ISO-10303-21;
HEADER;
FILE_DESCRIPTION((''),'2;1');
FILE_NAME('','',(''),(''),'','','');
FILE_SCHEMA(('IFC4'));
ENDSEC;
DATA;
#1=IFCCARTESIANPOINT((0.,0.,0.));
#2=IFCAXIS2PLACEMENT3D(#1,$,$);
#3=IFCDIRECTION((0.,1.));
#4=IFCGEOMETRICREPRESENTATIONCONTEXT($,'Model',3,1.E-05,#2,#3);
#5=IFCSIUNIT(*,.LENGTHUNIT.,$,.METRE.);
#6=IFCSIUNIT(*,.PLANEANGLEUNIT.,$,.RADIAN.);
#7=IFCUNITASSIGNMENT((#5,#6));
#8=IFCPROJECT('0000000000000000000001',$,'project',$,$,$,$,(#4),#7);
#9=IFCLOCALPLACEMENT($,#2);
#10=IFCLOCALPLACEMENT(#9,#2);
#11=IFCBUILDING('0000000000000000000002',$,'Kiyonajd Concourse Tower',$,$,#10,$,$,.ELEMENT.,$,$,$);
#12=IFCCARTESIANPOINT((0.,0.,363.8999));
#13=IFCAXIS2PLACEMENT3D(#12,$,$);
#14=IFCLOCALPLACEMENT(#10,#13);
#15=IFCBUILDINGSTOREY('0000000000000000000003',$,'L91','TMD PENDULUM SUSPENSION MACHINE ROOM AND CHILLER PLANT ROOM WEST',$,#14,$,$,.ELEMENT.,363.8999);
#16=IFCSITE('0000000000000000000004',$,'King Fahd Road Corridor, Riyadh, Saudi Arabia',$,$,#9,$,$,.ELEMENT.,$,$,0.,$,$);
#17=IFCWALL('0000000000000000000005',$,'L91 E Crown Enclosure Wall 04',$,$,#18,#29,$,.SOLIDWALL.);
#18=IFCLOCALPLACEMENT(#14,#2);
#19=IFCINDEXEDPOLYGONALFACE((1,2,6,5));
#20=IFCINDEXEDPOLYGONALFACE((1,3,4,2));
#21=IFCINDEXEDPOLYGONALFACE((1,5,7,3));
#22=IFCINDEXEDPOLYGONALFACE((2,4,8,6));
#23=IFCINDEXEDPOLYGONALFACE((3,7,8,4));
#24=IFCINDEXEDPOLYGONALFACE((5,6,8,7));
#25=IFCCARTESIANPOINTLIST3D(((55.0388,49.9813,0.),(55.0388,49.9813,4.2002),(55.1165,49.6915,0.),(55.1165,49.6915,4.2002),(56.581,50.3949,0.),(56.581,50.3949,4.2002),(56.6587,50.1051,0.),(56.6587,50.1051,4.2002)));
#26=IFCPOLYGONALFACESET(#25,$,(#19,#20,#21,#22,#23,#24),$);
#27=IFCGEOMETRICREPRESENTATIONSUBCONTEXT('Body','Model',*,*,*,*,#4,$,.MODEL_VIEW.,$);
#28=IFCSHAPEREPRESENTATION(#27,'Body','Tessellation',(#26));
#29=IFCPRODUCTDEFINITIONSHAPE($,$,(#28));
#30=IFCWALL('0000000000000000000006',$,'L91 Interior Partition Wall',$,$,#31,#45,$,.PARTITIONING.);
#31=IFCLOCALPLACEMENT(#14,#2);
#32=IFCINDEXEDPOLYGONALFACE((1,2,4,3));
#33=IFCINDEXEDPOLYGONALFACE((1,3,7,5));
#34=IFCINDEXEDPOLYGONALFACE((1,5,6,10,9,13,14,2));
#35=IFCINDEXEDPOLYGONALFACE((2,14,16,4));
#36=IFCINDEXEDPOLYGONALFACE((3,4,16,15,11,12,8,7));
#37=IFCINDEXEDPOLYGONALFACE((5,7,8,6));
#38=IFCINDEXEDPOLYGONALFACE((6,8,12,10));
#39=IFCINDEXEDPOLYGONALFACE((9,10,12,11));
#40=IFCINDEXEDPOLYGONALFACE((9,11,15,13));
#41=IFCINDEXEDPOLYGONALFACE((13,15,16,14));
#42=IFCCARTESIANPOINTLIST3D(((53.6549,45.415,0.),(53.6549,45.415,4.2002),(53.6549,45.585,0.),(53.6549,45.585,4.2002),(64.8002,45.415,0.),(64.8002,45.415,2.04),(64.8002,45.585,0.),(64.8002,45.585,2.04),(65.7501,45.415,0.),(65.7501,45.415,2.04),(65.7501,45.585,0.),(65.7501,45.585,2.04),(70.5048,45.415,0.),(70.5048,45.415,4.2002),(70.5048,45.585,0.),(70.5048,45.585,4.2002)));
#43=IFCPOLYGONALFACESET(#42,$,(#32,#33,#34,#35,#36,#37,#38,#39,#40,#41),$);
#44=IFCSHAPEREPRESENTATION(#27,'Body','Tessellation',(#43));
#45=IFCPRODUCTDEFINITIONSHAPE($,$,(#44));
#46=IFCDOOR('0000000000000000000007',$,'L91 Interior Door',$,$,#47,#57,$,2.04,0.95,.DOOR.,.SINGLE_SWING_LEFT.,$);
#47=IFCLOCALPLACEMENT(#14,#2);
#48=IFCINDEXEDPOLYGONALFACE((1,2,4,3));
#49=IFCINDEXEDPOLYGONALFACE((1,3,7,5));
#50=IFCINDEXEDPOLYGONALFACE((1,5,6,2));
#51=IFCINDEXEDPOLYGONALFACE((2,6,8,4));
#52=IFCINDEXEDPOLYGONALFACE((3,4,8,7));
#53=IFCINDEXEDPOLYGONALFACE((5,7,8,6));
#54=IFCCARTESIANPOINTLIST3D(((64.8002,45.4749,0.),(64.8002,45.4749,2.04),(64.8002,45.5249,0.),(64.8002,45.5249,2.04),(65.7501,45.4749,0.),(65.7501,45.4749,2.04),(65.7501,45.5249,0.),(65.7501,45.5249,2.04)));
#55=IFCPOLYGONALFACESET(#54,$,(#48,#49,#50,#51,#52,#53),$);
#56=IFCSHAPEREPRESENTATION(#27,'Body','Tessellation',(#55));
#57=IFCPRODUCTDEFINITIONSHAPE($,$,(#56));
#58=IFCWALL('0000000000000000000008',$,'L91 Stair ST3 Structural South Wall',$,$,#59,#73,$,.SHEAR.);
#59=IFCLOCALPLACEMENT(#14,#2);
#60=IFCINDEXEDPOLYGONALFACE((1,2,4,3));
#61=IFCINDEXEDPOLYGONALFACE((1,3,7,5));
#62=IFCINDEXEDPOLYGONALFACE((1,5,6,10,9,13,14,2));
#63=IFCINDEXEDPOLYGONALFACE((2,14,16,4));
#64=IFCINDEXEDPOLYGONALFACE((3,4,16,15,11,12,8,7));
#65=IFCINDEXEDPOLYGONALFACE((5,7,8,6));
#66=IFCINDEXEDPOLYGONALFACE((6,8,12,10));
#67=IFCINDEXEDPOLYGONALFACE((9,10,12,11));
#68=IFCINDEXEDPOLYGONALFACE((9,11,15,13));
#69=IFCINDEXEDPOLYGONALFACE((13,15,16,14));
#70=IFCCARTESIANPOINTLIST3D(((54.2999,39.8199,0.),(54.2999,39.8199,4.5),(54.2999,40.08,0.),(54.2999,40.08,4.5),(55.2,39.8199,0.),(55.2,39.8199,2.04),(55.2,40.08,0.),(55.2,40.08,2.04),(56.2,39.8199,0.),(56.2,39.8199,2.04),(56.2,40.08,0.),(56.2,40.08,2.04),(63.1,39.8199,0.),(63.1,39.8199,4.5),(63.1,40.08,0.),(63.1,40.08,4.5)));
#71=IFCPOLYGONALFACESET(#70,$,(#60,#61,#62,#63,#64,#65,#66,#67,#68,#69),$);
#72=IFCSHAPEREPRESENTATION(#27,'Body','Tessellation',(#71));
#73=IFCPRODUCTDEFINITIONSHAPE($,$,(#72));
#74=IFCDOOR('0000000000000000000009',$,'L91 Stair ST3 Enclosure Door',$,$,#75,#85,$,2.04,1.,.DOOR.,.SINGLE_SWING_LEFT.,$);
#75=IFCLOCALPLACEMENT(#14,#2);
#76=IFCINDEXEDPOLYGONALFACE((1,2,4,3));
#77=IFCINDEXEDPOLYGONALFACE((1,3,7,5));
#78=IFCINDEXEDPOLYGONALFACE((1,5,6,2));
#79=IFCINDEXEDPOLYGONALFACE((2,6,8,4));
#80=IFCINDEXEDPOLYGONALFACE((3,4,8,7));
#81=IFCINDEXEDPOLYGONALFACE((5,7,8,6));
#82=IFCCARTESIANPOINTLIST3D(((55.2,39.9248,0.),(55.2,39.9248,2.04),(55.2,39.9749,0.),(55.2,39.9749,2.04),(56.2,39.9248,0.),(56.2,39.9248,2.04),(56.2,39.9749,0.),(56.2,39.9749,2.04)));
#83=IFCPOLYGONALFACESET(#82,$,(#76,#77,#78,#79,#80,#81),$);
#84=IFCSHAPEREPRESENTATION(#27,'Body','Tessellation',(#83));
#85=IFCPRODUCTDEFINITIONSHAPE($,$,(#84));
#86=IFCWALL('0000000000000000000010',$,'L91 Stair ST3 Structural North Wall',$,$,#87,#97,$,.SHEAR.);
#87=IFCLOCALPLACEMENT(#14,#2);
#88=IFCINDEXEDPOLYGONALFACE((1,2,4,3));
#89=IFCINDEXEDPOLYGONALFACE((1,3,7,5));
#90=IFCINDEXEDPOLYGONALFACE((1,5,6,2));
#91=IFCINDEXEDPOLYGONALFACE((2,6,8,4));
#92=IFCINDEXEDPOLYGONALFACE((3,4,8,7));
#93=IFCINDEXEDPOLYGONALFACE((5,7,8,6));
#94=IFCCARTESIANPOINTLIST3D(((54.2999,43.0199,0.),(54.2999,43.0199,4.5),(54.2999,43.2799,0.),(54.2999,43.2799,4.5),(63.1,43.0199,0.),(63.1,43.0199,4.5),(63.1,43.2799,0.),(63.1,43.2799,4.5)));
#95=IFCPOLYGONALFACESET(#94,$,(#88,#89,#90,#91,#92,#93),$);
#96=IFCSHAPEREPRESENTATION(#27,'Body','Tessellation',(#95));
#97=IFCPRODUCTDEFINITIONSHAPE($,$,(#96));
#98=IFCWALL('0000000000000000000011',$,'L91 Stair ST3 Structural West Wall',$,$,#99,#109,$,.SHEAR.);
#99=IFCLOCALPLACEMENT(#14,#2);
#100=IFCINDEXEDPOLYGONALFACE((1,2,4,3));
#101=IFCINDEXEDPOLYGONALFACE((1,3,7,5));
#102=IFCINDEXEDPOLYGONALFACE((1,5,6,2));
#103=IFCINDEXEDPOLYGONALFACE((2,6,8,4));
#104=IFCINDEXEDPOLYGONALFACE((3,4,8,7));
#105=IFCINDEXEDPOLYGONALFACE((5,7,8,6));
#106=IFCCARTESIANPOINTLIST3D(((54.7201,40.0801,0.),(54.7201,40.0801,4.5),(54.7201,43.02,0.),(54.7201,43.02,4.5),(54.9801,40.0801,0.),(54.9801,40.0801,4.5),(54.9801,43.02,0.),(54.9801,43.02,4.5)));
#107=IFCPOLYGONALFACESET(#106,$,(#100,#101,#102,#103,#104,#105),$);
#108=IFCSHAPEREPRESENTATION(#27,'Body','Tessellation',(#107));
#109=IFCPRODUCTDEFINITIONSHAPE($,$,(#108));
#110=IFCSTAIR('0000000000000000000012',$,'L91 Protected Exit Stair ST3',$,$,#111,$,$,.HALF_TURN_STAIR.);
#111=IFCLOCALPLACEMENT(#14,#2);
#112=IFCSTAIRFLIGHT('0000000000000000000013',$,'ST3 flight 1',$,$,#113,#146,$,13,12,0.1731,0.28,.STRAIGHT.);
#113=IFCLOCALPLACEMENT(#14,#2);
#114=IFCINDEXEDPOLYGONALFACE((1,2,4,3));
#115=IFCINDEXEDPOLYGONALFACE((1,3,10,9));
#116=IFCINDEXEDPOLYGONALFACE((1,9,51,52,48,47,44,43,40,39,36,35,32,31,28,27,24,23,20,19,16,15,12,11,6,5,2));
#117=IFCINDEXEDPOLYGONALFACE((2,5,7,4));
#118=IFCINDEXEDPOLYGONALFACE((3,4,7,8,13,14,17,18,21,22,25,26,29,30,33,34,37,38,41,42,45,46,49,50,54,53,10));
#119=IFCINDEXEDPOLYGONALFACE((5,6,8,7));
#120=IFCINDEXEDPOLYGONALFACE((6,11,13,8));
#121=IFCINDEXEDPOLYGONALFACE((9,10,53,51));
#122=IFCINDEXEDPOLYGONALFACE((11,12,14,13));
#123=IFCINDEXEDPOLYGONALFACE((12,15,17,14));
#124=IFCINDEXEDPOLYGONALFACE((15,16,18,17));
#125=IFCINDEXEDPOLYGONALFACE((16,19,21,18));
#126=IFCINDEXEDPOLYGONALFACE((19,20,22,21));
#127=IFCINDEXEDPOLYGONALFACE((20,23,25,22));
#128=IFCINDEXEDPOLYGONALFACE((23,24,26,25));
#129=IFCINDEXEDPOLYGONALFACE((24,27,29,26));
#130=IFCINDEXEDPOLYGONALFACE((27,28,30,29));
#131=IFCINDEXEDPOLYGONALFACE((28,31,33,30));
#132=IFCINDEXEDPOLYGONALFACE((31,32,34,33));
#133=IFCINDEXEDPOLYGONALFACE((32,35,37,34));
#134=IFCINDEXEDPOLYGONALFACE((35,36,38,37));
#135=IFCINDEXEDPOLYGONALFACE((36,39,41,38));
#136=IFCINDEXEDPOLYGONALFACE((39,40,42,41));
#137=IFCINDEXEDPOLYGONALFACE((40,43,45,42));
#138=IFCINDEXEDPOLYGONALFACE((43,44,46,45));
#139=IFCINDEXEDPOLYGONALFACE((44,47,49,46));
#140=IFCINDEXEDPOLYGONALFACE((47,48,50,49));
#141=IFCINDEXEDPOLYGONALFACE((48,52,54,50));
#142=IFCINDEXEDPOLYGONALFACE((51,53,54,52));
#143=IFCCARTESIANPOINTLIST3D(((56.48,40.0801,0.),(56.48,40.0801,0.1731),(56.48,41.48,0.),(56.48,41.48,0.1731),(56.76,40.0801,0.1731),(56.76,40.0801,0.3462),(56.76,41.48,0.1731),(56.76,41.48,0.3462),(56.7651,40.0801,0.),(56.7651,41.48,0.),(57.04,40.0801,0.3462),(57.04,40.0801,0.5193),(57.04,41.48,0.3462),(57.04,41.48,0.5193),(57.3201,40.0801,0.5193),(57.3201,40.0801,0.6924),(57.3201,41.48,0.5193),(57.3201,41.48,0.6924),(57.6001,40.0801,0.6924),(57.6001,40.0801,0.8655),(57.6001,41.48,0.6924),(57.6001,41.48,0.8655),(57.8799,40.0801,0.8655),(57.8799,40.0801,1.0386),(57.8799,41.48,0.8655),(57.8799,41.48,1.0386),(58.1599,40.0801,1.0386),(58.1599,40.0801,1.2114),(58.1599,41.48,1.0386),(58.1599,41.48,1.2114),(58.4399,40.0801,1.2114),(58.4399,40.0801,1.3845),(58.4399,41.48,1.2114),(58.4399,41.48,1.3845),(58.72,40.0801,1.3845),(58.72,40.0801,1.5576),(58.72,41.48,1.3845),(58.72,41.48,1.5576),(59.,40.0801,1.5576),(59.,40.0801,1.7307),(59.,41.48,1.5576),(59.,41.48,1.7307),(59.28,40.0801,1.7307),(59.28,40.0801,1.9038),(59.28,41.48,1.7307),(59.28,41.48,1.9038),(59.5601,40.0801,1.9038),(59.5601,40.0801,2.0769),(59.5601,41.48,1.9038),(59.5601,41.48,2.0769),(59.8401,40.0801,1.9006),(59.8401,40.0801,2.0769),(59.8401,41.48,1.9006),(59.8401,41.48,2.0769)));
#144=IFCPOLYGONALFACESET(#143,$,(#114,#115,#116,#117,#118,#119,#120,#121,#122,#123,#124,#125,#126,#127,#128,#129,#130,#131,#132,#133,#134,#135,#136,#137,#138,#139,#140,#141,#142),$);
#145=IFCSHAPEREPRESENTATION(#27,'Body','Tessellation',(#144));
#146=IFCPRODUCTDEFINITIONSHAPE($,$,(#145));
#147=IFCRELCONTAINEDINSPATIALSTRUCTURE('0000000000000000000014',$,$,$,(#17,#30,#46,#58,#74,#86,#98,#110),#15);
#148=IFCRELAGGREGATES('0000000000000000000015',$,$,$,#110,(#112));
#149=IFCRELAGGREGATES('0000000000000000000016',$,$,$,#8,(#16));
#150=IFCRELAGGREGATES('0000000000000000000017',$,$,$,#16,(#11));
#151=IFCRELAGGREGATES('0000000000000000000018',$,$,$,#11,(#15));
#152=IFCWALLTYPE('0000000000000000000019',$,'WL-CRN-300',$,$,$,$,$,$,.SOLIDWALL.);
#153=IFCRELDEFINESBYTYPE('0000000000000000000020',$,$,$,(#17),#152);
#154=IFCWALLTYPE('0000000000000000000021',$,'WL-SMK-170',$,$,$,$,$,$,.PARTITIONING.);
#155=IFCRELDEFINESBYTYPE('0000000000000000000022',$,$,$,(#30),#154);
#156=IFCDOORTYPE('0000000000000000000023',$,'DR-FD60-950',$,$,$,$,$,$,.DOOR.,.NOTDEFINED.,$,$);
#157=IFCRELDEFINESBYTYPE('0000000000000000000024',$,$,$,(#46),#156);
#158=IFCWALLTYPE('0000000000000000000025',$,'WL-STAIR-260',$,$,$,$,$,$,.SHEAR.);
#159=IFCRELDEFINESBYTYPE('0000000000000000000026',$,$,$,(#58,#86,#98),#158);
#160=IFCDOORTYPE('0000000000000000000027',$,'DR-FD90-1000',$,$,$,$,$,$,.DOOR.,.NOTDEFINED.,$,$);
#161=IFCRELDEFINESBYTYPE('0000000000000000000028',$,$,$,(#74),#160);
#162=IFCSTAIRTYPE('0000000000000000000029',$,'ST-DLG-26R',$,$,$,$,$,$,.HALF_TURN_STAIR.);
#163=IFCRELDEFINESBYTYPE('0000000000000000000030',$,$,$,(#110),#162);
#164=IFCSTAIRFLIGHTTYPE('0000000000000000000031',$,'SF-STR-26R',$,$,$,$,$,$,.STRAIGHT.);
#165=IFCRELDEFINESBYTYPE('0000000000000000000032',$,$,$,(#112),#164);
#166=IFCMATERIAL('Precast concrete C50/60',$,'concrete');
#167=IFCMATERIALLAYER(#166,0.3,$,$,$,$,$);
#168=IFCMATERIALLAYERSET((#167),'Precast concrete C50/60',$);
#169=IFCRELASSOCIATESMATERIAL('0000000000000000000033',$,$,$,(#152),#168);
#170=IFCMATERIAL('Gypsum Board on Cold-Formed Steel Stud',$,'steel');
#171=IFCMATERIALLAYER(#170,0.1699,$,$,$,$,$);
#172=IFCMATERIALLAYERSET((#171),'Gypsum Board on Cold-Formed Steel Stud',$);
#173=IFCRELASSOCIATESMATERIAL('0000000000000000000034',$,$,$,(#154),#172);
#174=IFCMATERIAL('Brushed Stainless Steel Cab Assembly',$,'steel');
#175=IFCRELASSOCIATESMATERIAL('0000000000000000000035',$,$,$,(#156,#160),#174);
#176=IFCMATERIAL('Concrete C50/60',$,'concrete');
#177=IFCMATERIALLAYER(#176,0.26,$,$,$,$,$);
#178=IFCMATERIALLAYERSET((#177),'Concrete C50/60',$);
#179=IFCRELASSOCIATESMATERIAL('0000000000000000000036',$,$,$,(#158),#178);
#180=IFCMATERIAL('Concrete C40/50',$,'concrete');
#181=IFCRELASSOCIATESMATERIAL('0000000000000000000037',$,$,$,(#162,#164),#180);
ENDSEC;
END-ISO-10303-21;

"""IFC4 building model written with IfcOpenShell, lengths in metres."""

from ifc_helpers import new_model, si_unit, direction, frame, frame_2d, origin, place, context, subcontext, project, spatial, polyline, rectangle, outline, extrude, material, layer, layer_set, type_object, element, fill, aggregate, save


model = new_model("IFC4")

# Units and contexts
model_context = context("Model", 3, precision=1e-05, world=origin(), true_north=direction((0.0, 1.0)))
body_context = subcontext(model_context, "Body", "Model", "MODEL_VIEW")
ifc_project = project(units=[si_unit("LENGTHUNIT", "METRE"), si_unit("PLANEANGLEUNIT", "RADIAN")], contexts=[model_context])

# Site, building, storey
site_placement = place(None, origin())
site = spatial("IfcSite", under=ifc_project, at=site_placement, Name="King Fahd Road Corridor, Riyadh, Saudi Arabia", CompositionType="ELEMENT", RefElevation=0.0)
building_placement = place(site_placement, origin())
building = spatial("IfcBuilding", under=site, at=building_placement, Name="Kiyonajd Concourse Tower", CompositionType="ELEMENT")
storey_placement = place(building_placement, frame((0.0, 0.0, 363.8999)))
storey = spatial("IfcBuildingStorey", under=building, at=storey_placement, Name="L91", Description="TMD PENDULUM SUSPENSION MACHINE ROOM AND CHILLER PLANT ROOM WEST", CompositionType="ELEMENT", Elevation=363.8999)

# Shared definitions
ifc_material_1 = material(Name="Concrete C50/60", Category="concrete")

# Wall
ifc_material_2 = material(Name="Precast concrete C50/60", Category="concrete")
ifc_layer_1 = layer(ifc_material_2, 0.3)
ifc_layer_set_1 = layer_set([ifc_layer_1], Name="Precast concrete C50/60")
wall_type_1 = type_object("IfcWallType", Name="WL-CRN-300", PredefinedType="SOLIDWALL", material=ifc_layer_set_1)
wall_1_placement = place(storey_placement, frame((55.0776, 49.8364, 0.0), z_axis=(0.0, 0.0, 1.0), x_axis=(0.965874, 0.259014, 0.0)))
element("IfcWall", 1, at=wall_1_placement, inside=storey, type_object=wall_type_1, Name="L91 E Crown Enclosure Wall 04", PredefinedType="SOLIDWALL", context=body_context, shape_type="SweptSolid", body=[
    extrude(rectangle(XDim=1.5967, YDim=0.3, at=frame_2d((0.7983, 0.0))), origin(), (0.0, 0.0, 1.0), 4.2002),
])

# Walls, openings, doors
ifc_material_3 = material(Name="Gypsum Board on Cold-Formed Steel Stud", Category="steel")
ifc_layer_2 = layer(ifc_material_3, 0.1699)
ifc_layer_set_2 = layer_set([ifc_layer_2], Name="Gypsum Board on Cold-Formed Steel Stud")
wall_type_2 = type_object("IfcWallType", Name="WL-SMK-170", PredefinedType="PARTITIONING", material=ifc_layer_set_2)
wall_2_placement = place(storey_placement, frame((53.655, 45.5, 0.0), z_axis=(0.0, 0.0, 1.0), x_axis=(1.0, 0.0, 0.0)))
wall_2 = element("IfcWall", 2, at=wall_2_placement, inside=storey, type_object=wall_type_2, Name="L91 Interior Partition Wall", PredefinedType="PARTITIONING", context=body_context, shape_type="SweptSolid", body=[
    extrude(rectangle(XDim=16.8499, YDim=0.1699, at=frame_2d((8.4248, 0.0))), origin(), (0.0, 0.0, 1.0), 4.2002),
])
opening_1_placement = place(wall_2_placement, frame((11.145, 0.0, 0.0)))
opening_1 = element("IfcOpeningElement", 3, at=opening_1_placement, cuts=wall_2, PredefinedType="OPENING", context=body_context, shape_type="SweptSolid", body=[
    extrude(rectangle(XDim=0.95, YDim=2.04, at=frame_2d((0.4751, 1.02))), frame((0.0, 0.095, 0.0), z_axis=(0.0, -1.0, 0.0), x_axis=(1.0, 0.0, 0.0)), (0.0, 0.0, 1.0), 0.1899),
])
ifc_material_4 = material(Name="Brushed Stainless Steel Cab Assembly", Category="steel")
door_type_1 = type_object("IfcDoorType", Name="DR-FD60-950", OperationType="NOTDEFINED", PredefinedType="DOOR", material=ifc_material_4)
door_1_placement = place(opening_1_placement, origin())
door_1 = element("IfcDoor", 4, at=door_1_placement, inside=storey, type_object=door_type_1, Name="L91 Interior Door", OperationType="SINGLE_SWING_LEFT", OverallHeight=2.04, OverallWidth=0.95, PredefinedType="DOOR", context=body_context, shape_type="SweptSolid", body=[
    extrude(rectangle(XDim=0.95, YDim=2.04, at=frame_2d((0.4751, 1.02))), frame((0.0, 0.0249, 0.0), z_axis=(0.0, -1.0, 0.0), x_axis=(1.0, 0.0, 0.0)), (0.0, 0.0, 1.0), 0.05),
])
fill(opening_1, door_1)
ifc_layer_3 = layer(ifc_material_1, 0.26)
ifc_layer_set_3 = layer_set([ifc_layer_3], Name="Concrete C50/60")
wall_type_3 = type_object("IfcWallType", Name="WL-STAIR-260", PredefinedType="SHEAR", material=ifc_layer_set_3)
wall_3_placement = place(storey_placement, frame((54.3, 39.95, 0.0), z_axis=(0.0, 0.0, 1.0), x_axis=(1.0, 0.0, 0.0)))
wall_3 = element("IfcWall", 5, at=wall_3_placement, inside=storey, type_object=wall_type_3, Name="L91 Stair ST3 Structural South Wall", PredefinedType="SHEAR", context=body_context, shape_type="SweptSolid", body=[
    extrude(rectangle(XDim=8.8, YDim=0.26, at=frame_2d((4.3999, 0.0))), origin(), (0.0, 0.0, 1.0), 4.5),
])
opening_2_placement = place(wall_3_placement, frame((0.8999, 0.0, 0.0)))
opening_2 = element("IfcOpeningElement", 6, at=opening_2_placement, cuts=wall_3, PredefinedType="OPENING", context=body_context, shape_type="SweptSolid", body=[
    extrude(rectangle(XDim=1.0, YDim=2.04, at=frame_2d((0.5, 1.02))), frame((0.0, 0.1399, 0.0), z_axis=(0.0, -1.0, 0.0), x_axis=(1.0, 0.0, 0.0)), (0.0, 0.0, 1.0), 0.28),
])
door_type_2 = type_object("IfcDoorType", Name="DR-FD90-1000", OperationType="NOTDEFINED", PredefinedType="DOOR", material=ifc_material_4)
door_2_placement = place(opening_2_placement, origin())
door_2 = element("IfcDoor", 7, at=door_2_placement, inside=storey, type_object=door_type_2, Name="L91 Stair ST3 Enclosure Door", OperationType="SINGLE_SWING_LEFT", OverallHeight=2.04, OverallWidth=1.0, PredefinedType="DOOR", context=body_context, shape_type="SweptSolid", body=[
    extrude(rectangle(XDim=1.0, YDim=2.04, at=frame_2d((0.5, 1.02))), frame((0.0, 0.0249, 0.0), z_axis=(0.0, -1.0, 0.0), x_axis=(1.0, 0.0, 0.0)), (0.0, 0.0, 1.0), 0.05),
])
fill(opening_2, door_2)

# Walls
wall_4_placement = place(storey_placement, frame((54.3, 43.1499, 0.0), z_axis=(0.0, 0.0, 1.0), x_axis=(1.0, 0.0, 0.0)))
element("IfcWall", 8, at=wall_4_placement, inside=storey, type_object=wall_type_3, Name="L91 Stair ST3 Structural North Wall", PredefinedType="SHEAR", context=body_context, shape_type="SweptSolid", body=[
    extrude(rectangle(XDim=8.8, YDim=0.26, at=frame_2d((4.3999, 0.0))), origin(), (0.0, 0.0, 1.0), 4.5),
])
wall_5_placement = place(storey_placement, frame((54.8501, 40.0801, 0.0), z_axis=(0.0, 0.0, 1.0), x_axis=(0.0, 1.0, 0.0)))
element("IfcWall", 9, at=wall_5_placement, inside=storey, type_object=wall_type_3, Name="L91 Stair ST3 Structural West Wall", PredefinedType="SHEAR", context=body_context, shape_type="SweptSolid", body=[
    extrude(rectangle(XDim=2.9399, YDim=0.26, at=frame_2d((1.47, 0.0))), origin(), (0.0, 0.0, 1.0), 4.5),
])

# Stair, stair flight
ifc_material_5 = material(Name="Concrete C40/50", Category="concrete")
stair_type = type_object("IfcStairType", Name="ST-DLG-26R", PredefinedType="HALF_TURN_STAIR", material=ifc_material_5)
stair_placement = place(storey_placement, origin())
stair = element("IfcStair", 10, at=stair_placement, inside=storey, type_object=stair_type, Name="L91 Protected Exit Stair ST3", PredefinedType="HALF_TURN_STAIR")
stair_flight_type = type_object("IfcStairFlightType", Name="SF-STR-26R", PredefinedType="STRAIGHT", material=ifc_material_5)
stair_flight_placement = place(storey_placement, frame((56.48, 40.78, 0.0), z_axis=(0.0, 0.0, 1.0), x_axis=(1.0, 0.0, 0.0)))
stair_flight = element("IfcStairFlight", 11, at=stair_flight_placement, type_object=stair_flight_type, Name="ST3 flight 1", NumberOfRisers=13, NumberOfTreads=12, PredefinedType="STRAIGHT", RiserHeight=0.1731, TreadLength=0.28, context=body_context, shape_type="SweptSolid", body=[
    extrude(outline(polyline([(0.0, 0.0), (0.0, 0.1731), (0.28, 0.1731), (0.28, 0.3462), (0.5601, 0.3462), (0.5601, 0.5193), (0.8401, 0.5193), (0.8401, 0.6924), (1.1201, 0.6924), (1.1201, 0.8655), (1.3999, 0.8655), (1.3999, 1.0386), (1.6799, 1.0386), (1.6799, 1.2114), (1.96, 1.2114), (1.96, 1.3845), (2.24, 1.3845), (2.24, 1.5576), (2.52, 1.5576), (2.52, 1.7307), (2.8, 1.7307), (2.8, 1.9038), (3.0801, 1.9038), (3.0801, 2.0769), (3.3601, 2.0769), (3.3601, 2.25), (3.3601, 1.9006), (0.2852, 0.0), (0.0, 0.0)])), frame((0.0, 0.7, 0.0), z_axis=(0.0, -1.0, 0.0), x_axis=(1.0, 0.0, 0.0)), (0.0, 0.0, 1.0), 1.3999),
])
aggregate(stair, [stair_flight])

save(model, "model.ifc")
